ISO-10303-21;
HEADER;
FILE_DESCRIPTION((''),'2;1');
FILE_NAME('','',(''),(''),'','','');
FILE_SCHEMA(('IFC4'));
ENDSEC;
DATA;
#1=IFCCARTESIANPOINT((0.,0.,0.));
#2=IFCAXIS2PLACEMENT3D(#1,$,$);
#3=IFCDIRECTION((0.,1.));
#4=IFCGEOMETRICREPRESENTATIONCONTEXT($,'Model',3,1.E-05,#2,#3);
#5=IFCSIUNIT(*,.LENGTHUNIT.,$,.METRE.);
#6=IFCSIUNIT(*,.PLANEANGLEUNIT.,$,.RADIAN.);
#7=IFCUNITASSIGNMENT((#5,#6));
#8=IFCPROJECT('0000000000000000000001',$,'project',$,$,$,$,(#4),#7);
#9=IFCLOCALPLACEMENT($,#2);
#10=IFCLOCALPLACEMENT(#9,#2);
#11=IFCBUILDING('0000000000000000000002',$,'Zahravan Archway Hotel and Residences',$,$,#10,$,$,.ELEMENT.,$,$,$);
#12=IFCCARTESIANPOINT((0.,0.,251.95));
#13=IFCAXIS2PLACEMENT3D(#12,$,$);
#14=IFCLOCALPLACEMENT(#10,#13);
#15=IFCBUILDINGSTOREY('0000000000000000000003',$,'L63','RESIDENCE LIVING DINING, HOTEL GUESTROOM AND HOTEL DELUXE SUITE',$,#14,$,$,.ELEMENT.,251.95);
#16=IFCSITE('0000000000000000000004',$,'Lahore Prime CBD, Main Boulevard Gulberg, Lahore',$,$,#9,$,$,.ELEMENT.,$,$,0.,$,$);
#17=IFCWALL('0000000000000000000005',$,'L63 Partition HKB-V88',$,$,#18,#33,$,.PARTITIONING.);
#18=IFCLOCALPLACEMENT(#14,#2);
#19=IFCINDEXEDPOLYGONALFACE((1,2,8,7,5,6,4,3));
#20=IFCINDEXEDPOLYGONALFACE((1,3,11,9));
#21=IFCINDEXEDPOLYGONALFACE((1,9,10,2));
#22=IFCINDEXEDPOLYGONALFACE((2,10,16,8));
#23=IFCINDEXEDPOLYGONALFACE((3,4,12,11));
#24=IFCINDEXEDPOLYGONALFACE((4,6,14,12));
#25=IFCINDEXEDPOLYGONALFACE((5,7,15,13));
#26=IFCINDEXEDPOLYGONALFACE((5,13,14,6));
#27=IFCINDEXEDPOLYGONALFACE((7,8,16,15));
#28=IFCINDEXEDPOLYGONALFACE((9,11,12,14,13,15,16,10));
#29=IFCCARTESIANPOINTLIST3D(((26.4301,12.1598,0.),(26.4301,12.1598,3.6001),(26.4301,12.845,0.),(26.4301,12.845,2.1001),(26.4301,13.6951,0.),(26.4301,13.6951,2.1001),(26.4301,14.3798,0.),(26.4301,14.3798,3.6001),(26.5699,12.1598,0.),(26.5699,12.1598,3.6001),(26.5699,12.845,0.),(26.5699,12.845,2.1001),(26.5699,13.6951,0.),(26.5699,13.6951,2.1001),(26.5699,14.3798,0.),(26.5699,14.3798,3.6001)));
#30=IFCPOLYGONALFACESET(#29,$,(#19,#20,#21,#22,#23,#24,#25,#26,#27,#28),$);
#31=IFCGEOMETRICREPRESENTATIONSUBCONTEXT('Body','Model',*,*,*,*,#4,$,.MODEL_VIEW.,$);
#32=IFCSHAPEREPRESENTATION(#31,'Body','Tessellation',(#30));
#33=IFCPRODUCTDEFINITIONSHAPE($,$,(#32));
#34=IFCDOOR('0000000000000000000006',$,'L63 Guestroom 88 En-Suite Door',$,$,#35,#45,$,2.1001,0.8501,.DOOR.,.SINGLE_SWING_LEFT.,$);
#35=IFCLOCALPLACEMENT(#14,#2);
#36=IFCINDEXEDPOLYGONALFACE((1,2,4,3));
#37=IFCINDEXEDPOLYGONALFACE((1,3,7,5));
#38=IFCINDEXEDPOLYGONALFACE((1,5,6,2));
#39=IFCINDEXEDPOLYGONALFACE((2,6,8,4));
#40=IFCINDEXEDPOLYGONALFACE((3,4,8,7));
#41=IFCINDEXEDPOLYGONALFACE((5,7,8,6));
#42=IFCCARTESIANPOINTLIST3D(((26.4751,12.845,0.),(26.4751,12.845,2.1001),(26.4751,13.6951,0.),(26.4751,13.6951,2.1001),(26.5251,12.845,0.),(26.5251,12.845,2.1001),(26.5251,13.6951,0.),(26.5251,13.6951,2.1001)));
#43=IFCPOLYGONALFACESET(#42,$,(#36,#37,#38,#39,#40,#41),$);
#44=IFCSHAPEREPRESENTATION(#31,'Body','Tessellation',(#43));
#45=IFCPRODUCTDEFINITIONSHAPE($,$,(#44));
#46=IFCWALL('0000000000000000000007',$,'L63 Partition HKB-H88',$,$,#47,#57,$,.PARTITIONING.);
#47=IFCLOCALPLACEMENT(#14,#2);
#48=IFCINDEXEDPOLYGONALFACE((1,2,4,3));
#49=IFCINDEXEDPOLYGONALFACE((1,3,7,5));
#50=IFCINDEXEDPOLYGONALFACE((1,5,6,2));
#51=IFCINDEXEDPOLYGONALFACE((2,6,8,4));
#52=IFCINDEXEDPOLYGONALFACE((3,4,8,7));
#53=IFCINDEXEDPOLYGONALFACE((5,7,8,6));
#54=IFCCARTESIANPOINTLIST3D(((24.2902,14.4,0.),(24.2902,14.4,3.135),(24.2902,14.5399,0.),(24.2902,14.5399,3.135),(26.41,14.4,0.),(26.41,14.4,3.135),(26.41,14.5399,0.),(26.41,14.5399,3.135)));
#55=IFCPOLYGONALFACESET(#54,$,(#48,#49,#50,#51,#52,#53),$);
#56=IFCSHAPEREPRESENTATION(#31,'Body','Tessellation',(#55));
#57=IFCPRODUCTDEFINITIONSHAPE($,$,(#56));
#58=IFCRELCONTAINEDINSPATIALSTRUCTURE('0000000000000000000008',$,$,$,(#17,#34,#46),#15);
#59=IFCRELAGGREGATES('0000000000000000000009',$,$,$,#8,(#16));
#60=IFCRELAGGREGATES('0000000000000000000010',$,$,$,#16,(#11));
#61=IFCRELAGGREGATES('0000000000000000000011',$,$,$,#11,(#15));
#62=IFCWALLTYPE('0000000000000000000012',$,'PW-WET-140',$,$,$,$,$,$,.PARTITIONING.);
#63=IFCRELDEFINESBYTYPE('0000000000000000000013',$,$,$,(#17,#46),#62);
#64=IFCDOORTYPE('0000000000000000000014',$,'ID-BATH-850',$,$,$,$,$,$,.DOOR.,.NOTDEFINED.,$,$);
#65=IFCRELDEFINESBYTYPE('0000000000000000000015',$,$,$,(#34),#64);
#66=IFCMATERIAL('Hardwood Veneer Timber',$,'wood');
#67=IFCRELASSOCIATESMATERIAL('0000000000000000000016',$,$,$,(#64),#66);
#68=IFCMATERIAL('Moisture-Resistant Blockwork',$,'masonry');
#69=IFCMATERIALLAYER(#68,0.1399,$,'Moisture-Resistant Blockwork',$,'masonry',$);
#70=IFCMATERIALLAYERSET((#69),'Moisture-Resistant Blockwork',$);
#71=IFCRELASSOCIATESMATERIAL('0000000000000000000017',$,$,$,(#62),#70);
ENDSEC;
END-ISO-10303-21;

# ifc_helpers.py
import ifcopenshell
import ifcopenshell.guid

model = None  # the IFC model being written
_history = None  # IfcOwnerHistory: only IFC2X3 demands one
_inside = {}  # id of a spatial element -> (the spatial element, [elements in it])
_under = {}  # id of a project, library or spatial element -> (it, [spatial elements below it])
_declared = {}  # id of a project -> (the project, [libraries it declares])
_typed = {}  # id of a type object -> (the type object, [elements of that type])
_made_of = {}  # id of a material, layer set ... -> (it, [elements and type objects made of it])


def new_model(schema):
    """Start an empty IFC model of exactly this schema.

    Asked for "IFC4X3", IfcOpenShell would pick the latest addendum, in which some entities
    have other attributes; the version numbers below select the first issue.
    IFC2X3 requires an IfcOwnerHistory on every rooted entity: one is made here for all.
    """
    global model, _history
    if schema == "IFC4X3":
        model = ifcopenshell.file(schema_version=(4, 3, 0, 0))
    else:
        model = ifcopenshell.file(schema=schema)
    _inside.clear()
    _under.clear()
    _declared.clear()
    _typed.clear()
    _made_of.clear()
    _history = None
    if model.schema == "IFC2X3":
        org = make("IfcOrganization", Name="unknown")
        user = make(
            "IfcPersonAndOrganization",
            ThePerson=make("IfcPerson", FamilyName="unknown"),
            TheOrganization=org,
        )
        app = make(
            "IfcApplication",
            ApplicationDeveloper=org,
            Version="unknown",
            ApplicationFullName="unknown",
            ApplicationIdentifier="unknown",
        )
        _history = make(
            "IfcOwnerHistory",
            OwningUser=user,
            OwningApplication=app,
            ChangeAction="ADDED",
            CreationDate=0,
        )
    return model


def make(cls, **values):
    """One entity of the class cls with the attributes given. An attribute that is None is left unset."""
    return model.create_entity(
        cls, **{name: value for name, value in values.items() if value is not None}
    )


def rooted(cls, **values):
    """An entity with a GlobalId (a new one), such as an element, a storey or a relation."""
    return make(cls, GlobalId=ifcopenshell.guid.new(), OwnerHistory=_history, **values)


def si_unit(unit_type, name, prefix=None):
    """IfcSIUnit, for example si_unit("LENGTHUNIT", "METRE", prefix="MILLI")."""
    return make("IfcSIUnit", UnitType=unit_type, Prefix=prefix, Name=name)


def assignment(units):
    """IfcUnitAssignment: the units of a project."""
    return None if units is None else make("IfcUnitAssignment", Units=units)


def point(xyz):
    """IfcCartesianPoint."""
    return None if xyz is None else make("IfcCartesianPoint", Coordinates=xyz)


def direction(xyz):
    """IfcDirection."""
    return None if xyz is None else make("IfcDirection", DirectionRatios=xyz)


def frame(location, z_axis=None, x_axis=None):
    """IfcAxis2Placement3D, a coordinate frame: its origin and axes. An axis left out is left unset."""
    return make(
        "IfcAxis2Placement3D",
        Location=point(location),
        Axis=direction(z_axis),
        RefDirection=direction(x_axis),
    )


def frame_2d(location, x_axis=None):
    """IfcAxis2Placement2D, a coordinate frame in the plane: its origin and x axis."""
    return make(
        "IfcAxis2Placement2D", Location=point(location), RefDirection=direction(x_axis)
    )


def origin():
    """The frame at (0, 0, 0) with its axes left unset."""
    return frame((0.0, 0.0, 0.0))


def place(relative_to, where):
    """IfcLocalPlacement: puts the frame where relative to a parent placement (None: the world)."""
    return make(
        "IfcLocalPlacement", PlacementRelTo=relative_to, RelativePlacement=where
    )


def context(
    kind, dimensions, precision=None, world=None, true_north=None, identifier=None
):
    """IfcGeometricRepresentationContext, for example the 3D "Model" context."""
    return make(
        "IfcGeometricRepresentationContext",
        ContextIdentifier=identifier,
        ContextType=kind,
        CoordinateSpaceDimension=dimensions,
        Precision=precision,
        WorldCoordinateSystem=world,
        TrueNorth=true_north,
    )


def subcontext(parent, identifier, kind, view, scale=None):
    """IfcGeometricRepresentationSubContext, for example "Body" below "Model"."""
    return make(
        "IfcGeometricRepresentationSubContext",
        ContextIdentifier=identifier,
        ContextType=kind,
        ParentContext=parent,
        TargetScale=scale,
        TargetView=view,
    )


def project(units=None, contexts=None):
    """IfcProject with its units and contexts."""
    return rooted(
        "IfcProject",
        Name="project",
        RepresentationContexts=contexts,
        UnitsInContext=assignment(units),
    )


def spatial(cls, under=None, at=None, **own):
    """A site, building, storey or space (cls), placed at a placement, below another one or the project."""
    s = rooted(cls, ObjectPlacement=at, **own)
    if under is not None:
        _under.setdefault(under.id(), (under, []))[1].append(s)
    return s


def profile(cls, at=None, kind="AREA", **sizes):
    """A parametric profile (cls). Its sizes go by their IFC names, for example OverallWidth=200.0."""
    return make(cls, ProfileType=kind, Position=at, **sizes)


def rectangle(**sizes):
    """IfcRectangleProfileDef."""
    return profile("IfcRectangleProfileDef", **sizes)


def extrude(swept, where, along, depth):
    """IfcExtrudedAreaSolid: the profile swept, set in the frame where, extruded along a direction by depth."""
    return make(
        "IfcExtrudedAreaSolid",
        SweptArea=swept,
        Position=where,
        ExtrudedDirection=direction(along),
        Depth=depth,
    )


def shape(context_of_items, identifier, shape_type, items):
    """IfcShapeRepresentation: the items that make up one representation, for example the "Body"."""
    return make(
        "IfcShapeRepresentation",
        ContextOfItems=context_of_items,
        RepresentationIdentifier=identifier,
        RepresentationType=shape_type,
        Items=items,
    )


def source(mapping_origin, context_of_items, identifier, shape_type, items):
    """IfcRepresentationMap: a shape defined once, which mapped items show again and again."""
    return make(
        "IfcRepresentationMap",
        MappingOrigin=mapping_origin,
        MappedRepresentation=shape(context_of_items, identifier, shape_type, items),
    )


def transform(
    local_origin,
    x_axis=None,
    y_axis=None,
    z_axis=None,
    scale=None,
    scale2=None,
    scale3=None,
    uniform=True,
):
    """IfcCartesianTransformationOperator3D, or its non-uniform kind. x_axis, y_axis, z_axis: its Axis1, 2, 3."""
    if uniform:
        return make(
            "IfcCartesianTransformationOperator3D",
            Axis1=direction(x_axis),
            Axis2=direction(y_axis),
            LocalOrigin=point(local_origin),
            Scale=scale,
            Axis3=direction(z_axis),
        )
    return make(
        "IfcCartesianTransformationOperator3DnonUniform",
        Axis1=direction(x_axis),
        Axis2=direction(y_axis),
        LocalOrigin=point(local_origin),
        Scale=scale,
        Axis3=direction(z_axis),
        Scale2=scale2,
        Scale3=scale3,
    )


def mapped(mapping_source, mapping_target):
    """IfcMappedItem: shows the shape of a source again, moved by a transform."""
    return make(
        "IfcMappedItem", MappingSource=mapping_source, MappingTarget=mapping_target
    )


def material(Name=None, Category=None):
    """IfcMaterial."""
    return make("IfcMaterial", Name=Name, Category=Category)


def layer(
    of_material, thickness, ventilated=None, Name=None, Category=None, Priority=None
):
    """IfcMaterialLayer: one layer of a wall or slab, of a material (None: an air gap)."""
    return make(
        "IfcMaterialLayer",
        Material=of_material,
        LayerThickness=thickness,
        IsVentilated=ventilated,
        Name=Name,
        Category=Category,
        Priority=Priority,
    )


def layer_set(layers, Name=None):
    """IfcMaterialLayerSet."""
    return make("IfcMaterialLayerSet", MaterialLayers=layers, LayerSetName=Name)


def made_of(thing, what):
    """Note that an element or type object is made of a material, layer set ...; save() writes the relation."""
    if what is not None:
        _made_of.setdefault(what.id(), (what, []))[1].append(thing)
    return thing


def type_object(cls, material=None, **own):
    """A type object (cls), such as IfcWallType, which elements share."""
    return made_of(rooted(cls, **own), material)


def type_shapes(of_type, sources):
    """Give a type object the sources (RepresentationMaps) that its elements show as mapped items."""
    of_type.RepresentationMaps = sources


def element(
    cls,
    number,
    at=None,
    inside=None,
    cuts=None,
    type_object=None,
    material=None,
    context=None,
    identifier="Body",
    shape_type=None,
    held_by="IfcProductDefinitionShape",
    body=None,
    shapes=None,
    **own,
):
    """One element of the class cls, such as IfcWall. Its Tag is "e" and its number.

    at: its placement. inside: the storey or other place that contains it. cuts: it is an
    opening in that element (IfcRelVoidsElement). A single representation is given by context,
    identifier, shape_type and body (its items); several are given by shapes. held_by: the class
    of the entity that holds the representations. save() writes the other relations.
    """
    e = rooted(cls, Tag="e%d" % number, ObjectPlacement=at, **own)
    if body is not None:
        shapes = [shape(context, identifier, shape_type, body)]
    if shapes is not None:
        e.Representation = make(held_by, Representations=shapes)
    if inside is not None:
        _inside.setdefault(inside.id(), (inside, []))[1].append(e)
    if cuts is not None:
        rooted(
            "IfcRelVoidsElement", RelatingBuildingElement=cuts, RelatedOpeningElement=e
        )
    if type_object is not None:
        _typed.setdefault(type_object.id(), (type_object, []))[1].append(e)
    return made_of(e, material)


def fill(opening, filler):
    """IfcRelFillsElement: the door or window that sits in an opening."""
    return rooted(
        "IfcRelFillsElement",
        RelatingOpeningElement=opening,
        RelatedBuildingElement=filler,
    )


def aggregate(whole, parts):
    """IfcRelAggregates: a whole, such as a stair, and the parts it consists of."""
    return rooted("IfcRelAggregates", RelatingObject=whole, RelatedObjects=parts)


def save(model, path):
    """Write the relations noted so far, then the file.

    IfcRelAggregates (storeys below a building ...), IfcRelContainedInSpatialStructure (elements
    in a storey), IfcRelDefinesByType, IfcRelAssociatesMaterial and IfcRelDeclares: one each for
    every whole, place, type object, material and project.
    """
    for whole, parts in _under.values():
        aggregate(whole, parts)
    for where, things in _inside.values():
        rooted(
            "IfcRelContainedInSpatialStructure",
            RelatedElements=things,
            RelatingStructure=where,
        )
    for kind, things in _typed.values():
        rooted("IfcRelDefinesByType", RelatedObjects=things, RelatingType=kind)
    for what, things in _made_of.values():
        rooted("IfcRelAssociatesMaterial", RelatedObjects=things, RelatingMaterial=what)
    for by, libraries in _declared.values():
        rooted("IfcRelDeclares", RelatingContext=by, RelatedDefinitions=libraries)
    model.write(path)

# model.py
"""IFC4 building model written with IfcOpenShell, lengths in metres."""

from ifc_helpers import new_model, si_unit, direction, frame, frame_2d, origin, place, context, subcontext, project, spatial, rectangle, extrude, source, transform, mapped, material, layer, layer_set, type_object, type_shapes, element, fill, save


model = new_model("IFC4")

# Units and contexts
model_context = context("Model", 3, precision=1e-05, world=origin(), true_north=direction((0.0, 1.0)))
body_context = subcontext(model_context, "Body", "Model", "MODEL_VIEW")
ifc_project = project(units=[si_unit("LENGTHUNIT", "METRE"), si_unit("PLANEANGLEUNIT", "RADIAN")], contexts=[model_context])

# Site, building, storey
site_placement = place(None, origin())
site = spatial("IfcSite", under=ifc_project, at=site_placement, Name="Lahore Prime CBD, Main Boulevard Gulberg, Lahore", CompositionType="ELEMENT", RefElevation=0.0)
building_placement = place(site_placement, origin())
building = spatial("IfcBuilding", under=site, at=building_placement, Name="Zahravan Archway Hotel and Residences", CompositionType="ELEMENT")
storey_placement = place(building_placement, frame((0.0, 0.0, 251.95)))
storey = spatial("IfcBuildingStorey", under=building, at=storey_placement, Name="L63", Description="RESIDENCE LIVING DINING, HOTEL GUESTROOM AND HOTEL DELUXE SUITE", CompositionType="ELEMENT", Elevation=251.95)

# Shared definitions
ifc_material_1 = material(Name="Hardwood Veneer Timber", Category="wood")
door_type_1 = type_object("IfcDoorType", Name="ID-BATH-850", OperationType="NOTDEFINED", PredefinedType="DOOR", material=ifc_material_1)
shared_shape_1 = source(origin(), body_context, "Body", "SweptSolid", [
    extrude(rectangle(XDim=0.8501, YDim=2.1001, at=frame_2d((0.425, 1.05))), frame((0.0, 0.0249, 0.0), z_axis=(0.0, -1.0, 0.0), x_axis=(1.0, 0.0, 0.0)), (0.0, 0.0, 1.0), 0.05),
])
type_shapes(door_type_1, [shared_shape_1])

# Shared definitions
ifc_material_2 = material(Name="Moisture-Resistant Blockwork", Category="masonry")
ifc_layer_1 = layer(ifc_material_2, 0.1399, Name="Moisture-Resistant Blockwork", Category="masonry")
ifc_layer_set_1 = layer_set([ifc_layer_1], Name="Moisture-Resistant Blockwork")
wall_type_1 = type_object("IfcWallType", Name="PW-WET-140", PredefinedType="PARTITIONING", material=ifc_layer_set_1)

# Wall, opening, door
wall_1_placement = place(storey_placement, frame((26.5, 12.1599, 0.0), z_axis=(0.0, 0.0, 1.0), x_axis=(0.0, 1.0, 0.0)))
wall_1 = element("IfcWall", 1, at=wall_1_placement, inside=storey, type_object=wall_type_1, Name="L63 Partition HKB-V88", PredefinedType="PARTITIONING", context=body_context, shape_type="SweptSolid", body=[
    extrude(rectangle(XDim=2.22, YDim=0.1399, at=frame_2d((1.1099, 0.0))), origin(), (0.0, 0.0, 1.0), 3.6001),
])
opening_1_placement = place(wall_1_placement, frame((0.6851, 0.0, 0.0)))
opening_1 = element("IfcOpeningElement", 2, at=opening_1_placement, cuts=wall_1, PredefinedType="OPENING", context=body_context, shape_type="SweptSolid", body=[
    extrude(rectangle(XDim=0.8501, YDim=2.1001, at=frame_2d((0.425, 1.05))), frame((0.0, 0.0801, 0.0), z_axis=(0.0, -1.0, 0.0), x_axis=(1.0, 0.0, 0.0)), (0.0, 0.0, 1.0), 0.1599),
])
door_1_placement = place(opening_1_placement, origin())
door_1 = element("IfcDoor", 3, at=door_1_placement, inside=storey, type_object=door_type_1, Name="L63 Guestroom 88 En-Suite Door", OperationType="SINGLE_SWING_LEFT", OverallHeight=2.1001, OverallWidth=0.8501, PredefinedType="DOOR", context=body_context, shape_type="MappedRepresentation", body=[
    mapped(shared_shape_1, transform((0.0, 0.0, 0.0), scale=1.0)),
])
fill(opening_1, door_1)

# Wall
wall_2_placement = place(storey_placement, frame((24.29, 14.47, 0.0), z_axis=(0.0, 0.0, 1.0), x_axis=(1.0, 0.0, 0.0)))
element("IfcWall", 4, at=wall_2_placement, inside=storey, type_object=wall_type_1, Name="L63 Partition HKB-H88", PredefinedType="PARTITIONING", context=body_context, shape_type="SweptSolid", body=[
    extrude(rectangle(XDim=2.1199, YDim=0.1399, at=frame_2d((1.0601, 0.0))), origin(), (0.0, 0.0, 1.0), 3.135),
])

save(model, "model.ifc")
